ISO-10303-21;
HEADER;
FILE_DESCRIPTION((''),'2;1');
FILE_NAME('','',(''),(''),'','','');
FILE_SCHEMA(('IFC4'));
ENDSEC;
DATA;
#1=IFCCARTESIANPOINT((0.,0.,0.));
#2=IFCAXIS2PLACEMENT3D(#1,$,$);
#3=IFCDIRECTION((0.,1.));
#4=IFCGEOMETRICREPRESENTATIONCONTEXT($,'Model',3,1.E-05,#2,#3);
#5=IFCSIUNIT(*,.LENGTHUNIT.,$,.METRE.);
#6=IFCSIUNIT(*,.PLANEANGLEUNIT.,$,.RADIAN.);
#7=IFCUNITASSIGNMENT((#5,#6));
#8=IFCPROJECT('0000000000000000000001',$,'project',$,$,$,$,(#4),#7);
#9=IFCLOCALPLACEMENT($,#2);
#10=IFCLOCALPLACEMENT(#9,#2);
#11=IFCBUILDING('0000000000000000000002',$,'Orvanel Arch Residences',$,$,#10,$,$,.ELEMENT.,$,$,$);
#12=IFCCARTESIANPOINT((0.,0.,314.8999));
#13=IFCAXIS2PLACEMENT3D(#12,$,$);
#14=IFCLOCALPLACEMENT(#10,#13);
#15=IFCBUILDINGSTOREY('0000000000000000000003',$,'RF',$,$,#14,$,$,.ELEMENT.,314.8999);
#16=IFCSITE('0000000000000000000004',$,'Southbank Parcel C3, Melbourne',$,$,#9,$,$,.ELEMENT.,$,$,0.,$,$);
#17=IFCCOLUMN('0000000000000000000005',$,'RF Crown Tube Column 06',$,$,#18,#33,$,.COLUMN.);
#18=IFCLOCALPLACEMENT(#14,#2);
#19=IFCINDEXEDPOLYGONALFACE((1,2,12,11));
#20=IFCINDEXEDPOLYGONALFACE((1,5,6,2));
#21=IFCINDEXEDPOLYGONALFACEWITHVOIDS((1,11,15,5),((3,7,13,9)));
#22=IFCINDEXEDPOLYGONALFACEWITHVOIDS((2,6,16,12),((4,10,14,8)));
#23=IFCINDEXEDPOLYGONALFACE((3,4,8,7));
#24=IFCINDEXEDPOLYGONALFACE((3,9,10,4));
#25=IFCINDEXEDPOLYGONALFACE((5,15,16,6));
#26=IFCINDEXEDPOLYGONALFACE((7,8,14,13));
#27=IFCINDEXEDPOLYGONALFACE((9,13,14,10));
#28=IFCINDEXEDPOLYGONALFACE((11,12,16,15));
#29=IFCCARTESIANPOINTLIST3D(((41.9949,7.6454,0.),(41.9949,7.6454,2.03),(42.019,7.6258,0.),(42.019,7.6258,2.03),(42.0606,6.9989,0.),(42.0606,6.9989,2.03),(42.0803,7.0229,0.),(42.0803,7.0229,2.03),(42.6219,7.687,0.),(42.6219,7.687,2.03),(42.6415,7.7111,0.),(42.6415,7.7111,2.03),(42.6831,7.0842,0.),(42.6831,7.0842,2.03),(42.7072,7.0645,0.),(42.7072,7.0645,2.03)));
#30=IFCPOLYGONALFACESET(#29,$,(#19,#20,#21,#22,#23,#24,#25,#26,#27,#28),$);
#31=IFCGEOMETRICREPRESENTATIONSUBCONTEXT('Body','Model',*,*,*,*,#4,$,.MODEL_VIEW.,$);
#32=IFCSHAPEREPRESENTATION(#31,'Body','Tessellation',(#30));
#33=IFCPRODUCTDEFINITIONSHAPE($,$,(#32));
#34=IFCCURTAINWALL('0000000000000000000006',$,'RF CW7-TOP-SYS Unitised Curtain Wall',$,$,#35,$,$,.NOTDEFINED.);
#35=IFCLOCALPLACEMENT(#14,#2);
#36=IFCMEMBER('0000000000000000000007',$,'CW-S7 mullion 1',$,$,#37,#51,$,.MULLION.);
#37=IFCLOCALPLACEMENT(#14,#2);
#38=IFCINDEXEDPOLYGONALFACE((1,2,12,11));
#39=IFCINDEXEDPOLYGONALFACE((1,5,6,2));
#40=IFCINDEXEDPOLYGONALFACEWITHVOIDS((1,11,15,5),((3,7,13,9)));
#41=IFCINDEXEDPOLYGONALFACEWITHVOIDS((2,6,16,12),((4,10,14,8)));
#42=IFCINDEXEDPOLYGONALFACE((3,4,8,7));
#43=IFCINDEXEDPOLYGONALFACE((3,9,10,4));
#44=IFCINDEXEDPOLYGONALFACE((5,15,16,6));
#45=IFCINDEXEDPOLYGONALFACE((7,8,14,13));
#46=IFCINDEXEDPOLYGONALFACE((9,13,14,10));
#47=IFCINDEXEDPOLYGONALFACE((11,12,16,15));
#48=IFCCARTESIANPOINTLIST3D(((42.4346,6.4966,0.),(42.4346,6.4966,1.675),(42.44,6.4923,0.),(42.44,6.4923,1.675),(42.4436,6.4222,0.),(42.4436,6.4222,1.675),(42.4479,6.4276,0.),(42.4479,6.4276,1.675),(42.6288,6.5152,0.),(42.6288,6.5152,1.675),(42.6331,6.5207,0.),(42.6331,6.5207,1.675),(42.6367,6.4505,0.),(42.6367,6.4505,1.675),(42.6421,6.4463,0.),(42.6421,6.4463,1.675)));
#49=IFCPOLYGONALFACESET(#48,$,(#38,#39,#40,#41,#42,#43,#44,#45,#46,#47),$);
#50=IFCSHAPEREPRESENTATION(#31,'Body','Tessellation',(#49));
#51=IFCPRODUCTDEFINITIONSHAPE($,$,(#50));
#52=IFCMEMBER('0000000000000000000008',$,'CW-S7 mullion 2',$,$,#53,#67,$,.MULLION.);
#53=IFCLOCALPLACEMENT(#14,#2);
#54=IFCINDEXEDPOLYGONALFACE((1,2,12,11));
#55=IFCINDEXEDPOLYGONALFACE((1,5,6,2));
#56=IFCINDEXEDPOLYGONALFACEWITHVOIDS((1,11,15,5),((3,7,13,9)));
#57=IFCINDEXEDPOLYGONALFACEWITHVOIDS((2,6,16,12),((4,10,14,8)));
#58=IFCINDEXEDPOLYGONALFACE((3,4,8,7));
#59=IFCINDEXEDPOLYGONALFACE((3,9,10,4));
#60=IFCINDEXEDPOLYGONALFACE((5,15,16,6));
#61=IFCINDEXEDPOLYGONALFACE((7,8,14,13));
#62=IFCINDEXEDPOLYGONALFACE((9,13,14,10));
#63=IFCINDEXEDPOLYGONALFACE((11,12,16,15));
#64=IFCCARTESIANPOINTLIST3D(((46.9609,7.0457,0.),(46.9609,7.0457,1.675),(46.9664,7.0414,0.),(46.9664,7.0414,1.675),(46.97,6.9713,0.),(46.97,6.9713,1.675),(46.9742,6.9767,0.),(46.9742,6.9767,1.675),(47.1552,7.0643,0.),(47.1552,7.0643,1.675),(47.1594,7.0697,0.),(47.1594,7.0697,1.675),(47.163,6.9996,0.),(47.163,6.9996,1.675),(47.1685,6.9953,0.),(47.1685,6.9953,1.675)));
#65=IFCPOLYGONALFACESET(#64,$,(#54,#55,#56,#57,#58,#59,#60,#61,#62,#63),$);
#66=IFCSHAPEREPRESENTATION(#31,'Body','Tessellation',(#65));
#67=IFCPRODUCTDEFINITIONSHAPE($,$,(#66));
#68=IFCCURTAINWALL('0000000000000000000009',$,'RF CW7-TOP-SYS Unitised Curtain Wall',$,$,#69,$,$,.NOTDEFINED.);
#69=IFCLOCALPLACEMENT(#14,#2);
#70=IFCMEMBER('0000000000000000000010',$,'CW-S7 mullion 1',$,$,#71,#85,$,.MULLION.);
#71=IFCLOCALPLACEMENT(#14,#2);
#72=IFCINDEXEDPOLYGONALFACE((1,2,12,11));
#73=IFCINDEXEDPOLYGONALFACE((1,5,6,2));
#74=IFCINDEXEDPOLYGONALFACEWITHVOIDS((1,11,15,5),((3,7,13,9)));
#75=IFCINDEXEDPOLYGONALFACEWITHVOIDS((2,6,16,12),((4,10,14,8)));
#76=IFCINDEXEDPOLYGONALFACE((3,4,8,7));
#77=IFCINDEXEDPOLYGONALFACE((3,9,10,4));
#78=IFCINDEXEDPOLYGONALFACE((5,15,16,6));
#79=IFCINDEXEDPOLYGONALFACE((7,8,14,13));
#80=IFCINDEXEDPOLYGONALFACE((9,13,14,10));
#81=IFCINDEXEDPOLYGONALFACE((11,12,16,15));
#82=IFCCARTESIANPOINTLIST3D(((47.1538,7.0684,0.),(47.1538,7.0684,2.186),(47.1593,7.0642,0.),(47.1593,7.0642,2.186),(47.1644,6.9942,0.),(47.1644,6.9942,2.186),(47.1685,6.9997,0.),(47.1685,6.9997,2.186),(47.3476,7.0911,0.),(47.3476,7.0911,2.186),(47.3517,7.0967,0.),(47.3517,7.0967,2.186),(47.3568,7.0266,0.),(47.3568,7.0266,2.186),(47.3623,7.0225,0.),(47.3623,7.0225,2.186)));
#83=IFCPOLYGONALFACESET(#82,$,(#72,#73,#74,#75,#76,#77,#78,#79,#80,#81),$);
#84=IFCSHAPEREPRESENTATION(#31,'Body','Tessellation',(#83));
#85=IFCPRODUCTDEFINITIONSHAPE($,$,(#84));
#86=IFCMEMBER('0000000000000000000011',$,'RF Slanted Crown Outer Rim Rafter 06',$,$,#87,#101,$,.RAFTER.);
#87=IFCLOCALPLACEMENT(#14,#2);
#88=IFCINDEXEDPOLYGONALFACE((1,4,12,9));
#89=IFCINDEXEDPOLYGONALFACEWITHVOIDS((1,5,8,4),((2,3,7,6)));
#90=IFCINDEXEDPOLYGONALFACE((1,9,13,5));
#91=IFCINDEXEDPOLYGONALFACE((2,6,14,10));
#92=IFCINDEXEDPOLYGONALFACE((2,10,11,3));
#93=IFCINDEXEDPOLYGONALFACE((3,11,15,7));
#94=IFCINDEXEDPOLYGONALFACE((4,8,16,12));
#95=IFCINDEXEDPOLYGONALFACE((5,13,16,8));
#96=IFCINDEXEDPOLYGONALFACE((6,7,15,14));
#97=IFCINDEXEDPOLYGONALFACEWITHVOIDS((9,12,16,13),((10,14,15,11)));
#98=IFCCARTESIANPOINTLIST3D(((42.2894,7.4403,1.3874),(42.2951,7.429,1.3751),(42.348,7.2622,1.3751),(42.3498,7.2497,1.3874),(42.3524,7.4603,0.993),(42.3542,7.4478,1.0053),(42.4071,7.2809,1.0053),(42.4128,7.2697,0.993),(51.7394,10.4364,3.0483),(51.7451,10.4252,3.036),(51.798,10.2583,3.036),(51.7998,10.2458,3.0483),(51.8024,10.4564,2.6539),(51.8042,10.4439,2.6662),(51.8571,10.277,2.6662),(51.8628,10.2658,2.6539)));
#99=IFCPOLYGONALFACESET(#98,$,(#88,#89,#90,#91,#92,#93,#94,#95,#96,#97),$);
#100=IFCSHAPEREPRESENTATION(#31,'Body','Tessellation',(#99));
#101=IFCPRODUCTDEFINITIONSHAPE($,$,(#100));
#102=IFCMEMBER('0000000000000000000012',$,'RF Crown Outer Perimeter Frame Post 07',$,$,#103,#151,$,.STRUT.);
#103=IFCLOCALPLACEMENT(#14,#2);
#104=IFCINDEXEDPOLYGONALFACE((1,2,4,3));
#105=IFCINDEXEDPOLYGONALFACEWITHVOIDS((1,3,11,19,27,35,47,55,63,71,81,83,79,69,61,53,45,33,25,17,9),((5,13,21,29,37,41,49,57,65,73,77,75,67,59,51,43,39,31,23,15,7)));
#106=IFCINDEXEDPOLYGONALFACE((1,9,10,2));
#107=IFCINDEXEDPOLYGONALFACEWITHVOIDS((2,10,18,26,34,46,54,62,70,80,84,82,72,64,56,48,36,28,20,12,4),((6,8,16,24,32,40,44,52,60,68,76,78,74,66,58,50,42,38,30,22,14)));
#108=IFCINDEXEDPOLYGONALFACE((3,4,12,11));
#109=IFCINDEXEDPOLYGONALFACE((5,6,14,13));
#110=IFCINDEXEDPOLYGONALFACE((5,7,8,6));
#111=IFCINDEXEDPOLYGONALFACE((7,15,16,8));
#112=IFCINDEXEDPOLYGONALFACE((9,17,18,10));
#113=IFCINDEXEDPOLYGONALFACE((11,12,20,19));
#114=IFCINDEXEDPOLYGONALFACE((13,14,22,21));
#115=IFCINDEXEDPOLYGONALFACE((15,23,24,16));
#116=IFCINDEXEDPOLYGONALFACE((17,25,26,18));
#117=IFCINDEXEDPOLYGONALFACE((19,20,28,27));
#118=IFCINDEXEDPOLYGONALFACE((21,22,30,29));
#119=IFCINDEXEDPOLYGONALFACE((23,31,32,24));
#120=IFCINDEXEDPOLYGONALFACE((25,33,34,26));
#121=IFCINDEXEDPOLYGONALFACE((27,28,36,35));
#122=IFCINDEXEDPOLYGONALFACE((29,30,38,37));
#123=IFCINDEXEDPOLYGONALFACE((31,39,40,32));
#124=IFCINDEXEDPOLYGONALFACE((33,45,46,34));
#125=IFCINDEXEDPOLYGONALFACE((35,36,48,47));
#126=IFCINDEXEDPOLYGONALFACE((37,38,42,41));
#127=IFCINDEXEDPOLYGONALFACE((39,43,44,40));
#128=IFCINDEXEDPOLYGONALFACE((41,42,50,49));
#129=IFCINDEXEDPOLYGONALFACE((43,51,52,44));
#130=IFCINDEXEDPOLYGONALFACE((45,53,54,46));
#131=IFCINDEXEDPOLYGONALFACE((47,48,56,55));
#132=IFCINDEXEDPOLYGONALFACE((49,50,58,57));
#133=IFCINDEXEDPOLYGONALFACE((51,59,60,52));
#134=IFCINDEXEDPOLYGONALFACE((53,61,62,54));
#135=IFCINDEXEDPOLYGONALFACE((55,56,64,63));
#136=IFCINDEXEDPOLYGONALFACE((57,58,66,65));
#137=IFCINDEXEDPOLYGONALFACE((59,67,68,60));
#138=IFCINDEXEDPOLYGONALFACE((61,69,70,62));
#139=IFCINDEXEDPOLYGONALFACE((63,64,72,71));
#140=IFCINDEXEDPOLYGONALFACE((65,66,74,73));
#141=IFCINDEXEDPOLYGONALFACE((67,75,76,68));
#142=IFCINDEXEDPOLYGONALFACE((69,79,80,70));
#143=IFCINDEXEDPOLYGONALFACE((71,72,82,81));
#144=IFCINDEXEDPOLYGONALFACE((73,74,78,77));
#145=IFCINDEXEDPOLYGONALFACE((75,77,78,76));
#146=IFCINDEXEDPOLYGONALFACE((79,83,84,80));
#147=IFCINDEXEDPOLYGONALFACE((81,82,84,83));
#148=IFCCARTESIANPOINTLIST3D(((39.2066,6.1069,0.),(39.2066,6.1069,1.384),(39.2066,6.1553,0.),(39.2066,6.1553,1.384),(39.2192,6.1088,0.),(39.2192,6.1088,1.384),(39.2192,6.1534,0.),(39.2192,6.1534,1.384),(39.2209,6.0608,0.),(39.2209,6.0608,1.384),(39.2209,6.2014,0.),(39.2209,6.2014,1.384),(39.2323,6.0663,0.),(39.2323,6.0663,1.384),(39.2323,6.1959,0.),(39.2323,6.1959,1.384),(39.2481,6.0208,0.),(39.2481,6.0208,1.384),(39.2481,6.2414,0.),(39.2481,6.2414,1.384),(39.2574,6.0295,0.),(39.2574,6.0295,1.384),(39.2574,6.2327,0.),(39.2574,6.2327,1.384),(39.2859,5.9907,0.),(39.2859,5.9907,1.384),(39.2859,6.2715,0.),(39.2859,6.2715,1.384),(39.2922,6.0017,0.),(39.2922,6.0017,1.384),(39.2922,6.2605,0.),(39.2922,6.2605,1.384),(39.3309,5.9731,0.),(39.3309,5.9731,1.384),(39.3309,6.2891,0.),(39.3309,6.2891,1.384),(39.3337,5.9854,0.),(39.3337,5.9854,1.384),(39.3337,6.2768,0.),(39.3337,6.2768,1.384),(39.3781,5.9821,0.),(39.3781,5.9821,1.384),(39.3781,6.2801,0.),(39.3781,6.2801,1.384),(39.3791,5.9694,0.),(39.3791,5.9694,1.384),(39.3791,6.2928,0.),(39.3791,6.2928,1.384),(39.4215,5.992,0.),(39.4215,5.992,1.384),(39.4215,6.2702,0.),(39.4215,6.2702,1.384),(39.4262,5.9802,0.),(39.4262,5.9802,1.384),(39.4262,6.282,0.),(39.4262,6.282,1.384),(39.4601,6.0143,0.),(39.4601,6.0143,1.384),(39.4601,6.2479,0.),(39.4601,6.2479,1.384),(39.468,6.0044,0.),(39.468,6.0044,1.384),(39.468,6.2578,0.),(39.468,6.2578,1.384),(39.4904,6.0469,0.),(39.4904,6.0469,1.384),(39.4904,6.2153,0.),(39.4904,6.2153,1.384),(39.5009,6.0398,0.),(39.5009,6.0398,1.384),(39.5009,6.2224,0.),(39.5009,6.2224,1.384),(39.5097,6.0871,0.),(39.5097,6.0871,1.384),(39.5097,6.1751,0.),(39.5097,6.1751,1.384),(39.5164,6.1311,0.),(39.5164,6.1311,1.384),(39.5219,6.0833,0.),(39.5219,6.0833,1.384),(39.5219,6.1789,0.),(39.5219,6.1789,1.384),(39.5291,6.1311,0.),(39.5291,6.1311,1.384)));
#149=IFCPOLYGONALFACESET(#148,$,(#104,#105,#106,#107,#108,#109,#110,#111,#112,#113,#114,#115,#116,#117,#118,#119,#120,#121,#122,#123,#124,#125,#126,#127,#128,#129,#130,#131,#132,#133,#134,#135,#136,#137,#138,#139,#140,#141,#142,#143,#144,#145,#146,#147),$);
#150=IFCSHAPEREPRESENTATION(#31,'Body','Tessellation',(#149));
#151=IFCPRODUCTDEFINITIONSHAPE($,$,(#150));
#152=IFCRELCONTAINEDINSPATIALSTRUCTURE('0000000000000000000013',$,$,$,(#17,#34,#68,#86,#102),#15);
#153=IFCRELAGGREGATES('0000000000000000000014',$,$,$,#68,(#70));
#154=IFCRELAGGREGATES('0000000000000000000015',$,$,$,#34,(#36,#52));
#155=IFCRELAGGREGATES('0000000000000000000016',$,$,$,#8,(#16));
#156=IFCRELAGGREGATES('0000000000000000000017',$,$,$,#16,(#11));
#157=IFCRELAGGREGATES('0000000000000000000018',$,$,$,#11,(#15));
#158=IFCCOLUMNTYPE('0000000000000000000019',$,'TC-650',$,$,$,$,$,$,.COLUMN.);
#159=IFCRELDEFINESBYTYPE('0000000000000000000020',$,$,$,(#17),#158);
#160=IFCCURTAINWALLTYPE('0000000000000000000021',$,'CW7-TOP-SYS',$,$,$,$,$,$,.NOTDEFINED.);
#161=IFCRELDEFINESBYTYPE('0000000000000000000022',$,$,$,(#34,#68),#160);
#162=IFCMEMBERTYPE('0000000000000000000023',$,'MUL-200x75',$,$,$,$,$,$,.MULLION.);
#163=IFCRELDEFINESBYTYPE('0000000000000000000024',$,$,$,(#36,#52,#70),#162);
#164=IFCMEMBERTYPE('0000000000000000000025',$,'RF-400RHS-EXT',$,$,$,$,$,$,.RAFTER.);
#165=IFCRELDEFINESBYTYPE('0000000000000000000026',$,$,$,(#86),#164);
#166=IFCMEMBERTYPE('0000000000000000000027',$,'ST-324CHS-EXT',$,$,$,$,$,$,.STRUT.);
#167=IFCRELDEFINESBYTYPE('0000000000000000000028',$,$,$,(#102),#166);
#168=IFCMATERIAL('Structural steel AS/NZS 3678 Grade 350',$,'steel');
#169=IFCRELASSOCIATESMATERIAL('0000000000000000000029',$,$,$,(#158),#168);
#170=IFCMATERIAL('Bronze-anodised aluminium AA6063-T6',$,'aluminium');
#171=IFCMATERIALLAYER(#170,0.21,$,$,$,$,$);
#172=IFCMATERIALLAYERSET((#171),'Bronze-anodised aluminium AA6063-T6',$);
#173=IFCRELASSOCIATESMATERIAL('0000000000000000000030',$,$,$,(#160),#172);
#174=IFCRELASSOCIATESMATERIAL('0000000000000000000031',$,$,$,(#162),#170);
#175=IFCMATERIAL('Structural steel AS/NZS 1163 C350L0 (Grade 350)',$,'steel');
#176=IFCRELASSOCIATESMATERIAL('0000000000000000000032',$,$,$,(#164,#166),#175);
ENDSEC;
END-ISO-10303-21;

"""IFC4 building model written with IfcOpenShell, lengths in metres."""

from ifc_helpers import new_model, si_unit, direction, frame, origin, origin_2d, place, context, subcontext, project, spatial, hollow_rectangle, hollow_circle, extrude, material, layer, layer_set, material_profile, profile_set, type_object, element, aggregate, save


model = new_model("IFC4")

# Units and contexts
model_context = context("Model", 3, precision=1e-05, world=origin(), true_north=direction((0.0, 1.0)))
body_context = subcontext(model_context, "Body", "Model", "MODEL_VIEW")
ifc_project = project(units=[si_unit("LENGTHUNIT", "METRE"), si_unit("PLANEANGLEUNIT", "RADIAN")], contexts=[model_context])

# Site, building, storey
site_placement = place(None, origin())
site = spatial("IfcSite", under=ifc_project, at=site_placement, Name="Southbank Parcel C3, Melbourne", CompositionType="ELEMENT", RefElevation=0.0)
building_placement = place(site_placement, origin())
building = spatial("IfcBuilding", under=site, at=building_placement, Name="Orvanel Arch Residences", CompositionType="ELEMENT")
storey_placement = place(building_placement, frame((0.0, 0.0, 314.8999)))
storey = spatial("IfcBuildingStorey", under=building, at=storey_placement, Name="RF", CompositionType="ELEMENT", Elevation=314.8999)

# Column
ifc_material_1 = material(Name="Structural steel AS/NZS 3678 Grade 350", Category="steel")
ifc_material_profile_1 = material_profile(ifc_material_1, hollow_rectangle(XDim=0.6499, YDim=0.6499, WallThickness=0.022, at=origin_2d()), Name="BOX650x650x22")
ifc_profile_set_1 = profile_set([ifc_material_profile_1], Name="Structural steel AS/NZS 3678 Grade 350")
column_type = type_object("IfcColumnType", Name="TC-650", PredefinedType="COLUMN", material=ifc_profile_set_1)
column_placement = place(storey_placement, frame((42.3511, 7.355, 0.0), z_axis=(0.0, 0.0, 1.0), x_axis=(0.994881, 0.101056, 0.0)))
element("IfcColumn", 1, at=column_placement, inside=storey, type_object=column_type, Name="RF Crown Tube Column 06", PredefinedType="COLUMN", context=body_context, shape_type="SweptSolid", body=[
    extrude(hollow_rectangle(XDim=0.6499, YDim=0.6499, WallThickness=0.022, at=origin_2d()), origin(), (0.0, 0.0, 1.0), 2.03),
])

# Curtain wall, members
ifc_material_2 = material(Name="Bronze-anodised aluminium AA6063-T6", Category="aluminium")
ifc_layer_1 = layer(ifc_material_2, 0.21)
ifc_layer_set_1 = layer_set([ifc_layer_1], Name="Bronze-anodised aluminium AA6063-T6")
curtain_wall_type = type_object("IfcCurtainWallType", Name="CW7-TOP-SYS", PredefinedType="NOTDEFINED", material=ifc_layer_set_1)
curtain_wall_1_placement = place(storey_placement, origin())
curtain_wall_1 = element("IfcCurtainWall", 2, at=curtain_wall_1_placement, inside=storey, type_object=curtain_wall_type, Name="RF CW7-TOP-SYS Unitised Curtain Wall", PredefinedType="NOTDEFINED")
ifc_material_profile_2 = material_profile(ifc_material_2, hollow_rectangle(XDim=0.075, YDim=0.2, WallThickness=0.0049, at=origin_2d()), Name="ALU200x75x5")
ifc_profile_set_2 = profile_set([ifc_material_profile_2], Name="Bronze-anodised aluminium AA6063-T6")
member_type_1 = type_object("IfcMemberType", Name="MUL-200x75", PredefinedType="MULLION", material=ifc_profile_set_2)
member_1_placement = place(storey_placement, frame((42.5383, 6.4714, 0.0), z_axis=(0.0, 0.0, 1.0), x_axis=(-0.120396, 0.992726, 0.0)))
member_1 = element("IfcMember", 3, at=member_1_placement, type_object=member_type_1, Name="CW-S7 mullion 1", PredefinedType="MULLION", context=body_context, shape_type="SweptSolid", body=[
    extrude(hollow_rectangle(XDim=0.075, YDim=0.2, WallThickness=0.0049, at=origin_2d()), origin(), (0.0, 0.0, 1.0), 1.675),
])
member_2_placement = place(storey_placement, frame((47.0647, 7.0205, 0.0), z_axis=(0.0, 0.0, 1.0), x_axis=(-0.120396, 0.992726, 0.0)))
member_2 = element("IfcMember", 4, at=member_2_placement, type_object=member_type_1, Name="CW-S7 mullion 2", PredefinedType="MULLION", context=body_context, shape_type="SweptSolid", body=[
    extrude(hollow_rectangle(XDim=0.075, YDim=0.2, WallThickness=0.0049, at=origin_2d()), origin(), (0.0, 0.0, 1.0), 1.675),
])

# Curtain wall, member
curtain_wall_2_placement = place(storey_placement, origin())
curtain_wall_2 = element("IfcCurtainWall", 5, at=curtain_wall_2_placement, inside=storey, type_object=curtain_wall_type, Name="RF CW7-TOP-SYS Unitised Curtain Wall", PredefinedType="NOTDEFINED")
member_3_placement = place(storey_placement, frame((47.2581, 7.0454, 0.0), z_axis=(0.0, 0.0, 1.0), x_axis=(-0.141512, 0.989937, 0.0)))
member_3 = element("IfcMember", 6, at=member_3_placement, type_object=member_type_1, Name="CW-S7 mullion 1", PredefinedType="MULLION", context=body_context, shape_type="SweptSolid", body=[
    extrude(hollow_rectangle(XDim=0.075, YDim=0.2, WallThickness=0.0049, at=origin_2d()), origin(), (0.0, 0.0, 1.0), 2.186),
])
aggregate(curtain_wall_2, [member_3])

# Members
ifc_material_3 = material(Name="Structural steel AS/NZS 1163 C350L0 (Grade 350)", Category="steel")
ifc_material_profile_3 = material_profile(ifc_material_3, hollow_rectangle(XDim=0.2, YDim=0.3999, WallThickness=0.0125, at=origin_2d()), Name="RHS400x200x12.5")
ifc_profile_set_3 = profile_set([ifc_material_profile_3], Name="Structural steel AS/NZS 1163 C350L0 (Grade 350)")
member_type_2 = type_object("IfcMemberType", Name="RF-400RHS-EXT", PredefinedType="RAFTER", material=ifc_profile_set_3)
member_4_placement = place(storey_placement, frame((42.3511, 7.355, 1.1902), z_axis=(0.940134, 0.298068, 0.165235), x_axis=(-0.302223, 0.953237, 0.0)))
element("IfcMember", 7, at=member_4_placement, inside=storey, type_object=member_type_2, Name="RF Slanted Crown Outer Rim Rafter 06", PredefinedType="RAFTER", context=body_context, shape_type="SweptSolid", body=[
    extrude(hollow_rectangle(XDim=0.2, YDim=0.3999, WallThickness=0.0125, at=origin_2d()), origin(), (0.0, 0.0, 1.0), 10.0518),
])
ifc_material_profile_4 = material_profile(ifc_material_3, hollow_circle(Radius=0.1621, WallThickness=0.0127, at=origin_2d()), Name="CHS324x12.7")
ifc_profile_set_4 = profile_set([ifc_material_profile_4], Name="Structural steel AS/NZS 1163 C350L0 (Grade 350)")
member_type_3 = type_object("IfcMemberType", Name="ST-324CHS-EXT", PredefinedType="STRUT", material=ifc_profile_set_4)
member_5_placement = place(storey_placement, frame((39.3669, 6.1311, 0.0), z_axis=(0.0, 0.0, 1.0), x_axis=(1.0, 0.0, 0.0)))
element("IfcMember", 8, at=member_5_placement, inside=storey, type_object=member_type_3, Name="RF Crown Outer Perimeter Frame Post 07", PredefinedType="STRUT", context=body_context, shape_type="SweptSolid", body=[
    extrude(hollow_circle(Radius=0.1621, WallThickness=0.0127, at=origin_2d()), origin(), (0.0, 0.0, 1.0), 1.384),
])

aggregate(curtain_wall_1, [member_1, member_2])

save(model, "model.ifc")
